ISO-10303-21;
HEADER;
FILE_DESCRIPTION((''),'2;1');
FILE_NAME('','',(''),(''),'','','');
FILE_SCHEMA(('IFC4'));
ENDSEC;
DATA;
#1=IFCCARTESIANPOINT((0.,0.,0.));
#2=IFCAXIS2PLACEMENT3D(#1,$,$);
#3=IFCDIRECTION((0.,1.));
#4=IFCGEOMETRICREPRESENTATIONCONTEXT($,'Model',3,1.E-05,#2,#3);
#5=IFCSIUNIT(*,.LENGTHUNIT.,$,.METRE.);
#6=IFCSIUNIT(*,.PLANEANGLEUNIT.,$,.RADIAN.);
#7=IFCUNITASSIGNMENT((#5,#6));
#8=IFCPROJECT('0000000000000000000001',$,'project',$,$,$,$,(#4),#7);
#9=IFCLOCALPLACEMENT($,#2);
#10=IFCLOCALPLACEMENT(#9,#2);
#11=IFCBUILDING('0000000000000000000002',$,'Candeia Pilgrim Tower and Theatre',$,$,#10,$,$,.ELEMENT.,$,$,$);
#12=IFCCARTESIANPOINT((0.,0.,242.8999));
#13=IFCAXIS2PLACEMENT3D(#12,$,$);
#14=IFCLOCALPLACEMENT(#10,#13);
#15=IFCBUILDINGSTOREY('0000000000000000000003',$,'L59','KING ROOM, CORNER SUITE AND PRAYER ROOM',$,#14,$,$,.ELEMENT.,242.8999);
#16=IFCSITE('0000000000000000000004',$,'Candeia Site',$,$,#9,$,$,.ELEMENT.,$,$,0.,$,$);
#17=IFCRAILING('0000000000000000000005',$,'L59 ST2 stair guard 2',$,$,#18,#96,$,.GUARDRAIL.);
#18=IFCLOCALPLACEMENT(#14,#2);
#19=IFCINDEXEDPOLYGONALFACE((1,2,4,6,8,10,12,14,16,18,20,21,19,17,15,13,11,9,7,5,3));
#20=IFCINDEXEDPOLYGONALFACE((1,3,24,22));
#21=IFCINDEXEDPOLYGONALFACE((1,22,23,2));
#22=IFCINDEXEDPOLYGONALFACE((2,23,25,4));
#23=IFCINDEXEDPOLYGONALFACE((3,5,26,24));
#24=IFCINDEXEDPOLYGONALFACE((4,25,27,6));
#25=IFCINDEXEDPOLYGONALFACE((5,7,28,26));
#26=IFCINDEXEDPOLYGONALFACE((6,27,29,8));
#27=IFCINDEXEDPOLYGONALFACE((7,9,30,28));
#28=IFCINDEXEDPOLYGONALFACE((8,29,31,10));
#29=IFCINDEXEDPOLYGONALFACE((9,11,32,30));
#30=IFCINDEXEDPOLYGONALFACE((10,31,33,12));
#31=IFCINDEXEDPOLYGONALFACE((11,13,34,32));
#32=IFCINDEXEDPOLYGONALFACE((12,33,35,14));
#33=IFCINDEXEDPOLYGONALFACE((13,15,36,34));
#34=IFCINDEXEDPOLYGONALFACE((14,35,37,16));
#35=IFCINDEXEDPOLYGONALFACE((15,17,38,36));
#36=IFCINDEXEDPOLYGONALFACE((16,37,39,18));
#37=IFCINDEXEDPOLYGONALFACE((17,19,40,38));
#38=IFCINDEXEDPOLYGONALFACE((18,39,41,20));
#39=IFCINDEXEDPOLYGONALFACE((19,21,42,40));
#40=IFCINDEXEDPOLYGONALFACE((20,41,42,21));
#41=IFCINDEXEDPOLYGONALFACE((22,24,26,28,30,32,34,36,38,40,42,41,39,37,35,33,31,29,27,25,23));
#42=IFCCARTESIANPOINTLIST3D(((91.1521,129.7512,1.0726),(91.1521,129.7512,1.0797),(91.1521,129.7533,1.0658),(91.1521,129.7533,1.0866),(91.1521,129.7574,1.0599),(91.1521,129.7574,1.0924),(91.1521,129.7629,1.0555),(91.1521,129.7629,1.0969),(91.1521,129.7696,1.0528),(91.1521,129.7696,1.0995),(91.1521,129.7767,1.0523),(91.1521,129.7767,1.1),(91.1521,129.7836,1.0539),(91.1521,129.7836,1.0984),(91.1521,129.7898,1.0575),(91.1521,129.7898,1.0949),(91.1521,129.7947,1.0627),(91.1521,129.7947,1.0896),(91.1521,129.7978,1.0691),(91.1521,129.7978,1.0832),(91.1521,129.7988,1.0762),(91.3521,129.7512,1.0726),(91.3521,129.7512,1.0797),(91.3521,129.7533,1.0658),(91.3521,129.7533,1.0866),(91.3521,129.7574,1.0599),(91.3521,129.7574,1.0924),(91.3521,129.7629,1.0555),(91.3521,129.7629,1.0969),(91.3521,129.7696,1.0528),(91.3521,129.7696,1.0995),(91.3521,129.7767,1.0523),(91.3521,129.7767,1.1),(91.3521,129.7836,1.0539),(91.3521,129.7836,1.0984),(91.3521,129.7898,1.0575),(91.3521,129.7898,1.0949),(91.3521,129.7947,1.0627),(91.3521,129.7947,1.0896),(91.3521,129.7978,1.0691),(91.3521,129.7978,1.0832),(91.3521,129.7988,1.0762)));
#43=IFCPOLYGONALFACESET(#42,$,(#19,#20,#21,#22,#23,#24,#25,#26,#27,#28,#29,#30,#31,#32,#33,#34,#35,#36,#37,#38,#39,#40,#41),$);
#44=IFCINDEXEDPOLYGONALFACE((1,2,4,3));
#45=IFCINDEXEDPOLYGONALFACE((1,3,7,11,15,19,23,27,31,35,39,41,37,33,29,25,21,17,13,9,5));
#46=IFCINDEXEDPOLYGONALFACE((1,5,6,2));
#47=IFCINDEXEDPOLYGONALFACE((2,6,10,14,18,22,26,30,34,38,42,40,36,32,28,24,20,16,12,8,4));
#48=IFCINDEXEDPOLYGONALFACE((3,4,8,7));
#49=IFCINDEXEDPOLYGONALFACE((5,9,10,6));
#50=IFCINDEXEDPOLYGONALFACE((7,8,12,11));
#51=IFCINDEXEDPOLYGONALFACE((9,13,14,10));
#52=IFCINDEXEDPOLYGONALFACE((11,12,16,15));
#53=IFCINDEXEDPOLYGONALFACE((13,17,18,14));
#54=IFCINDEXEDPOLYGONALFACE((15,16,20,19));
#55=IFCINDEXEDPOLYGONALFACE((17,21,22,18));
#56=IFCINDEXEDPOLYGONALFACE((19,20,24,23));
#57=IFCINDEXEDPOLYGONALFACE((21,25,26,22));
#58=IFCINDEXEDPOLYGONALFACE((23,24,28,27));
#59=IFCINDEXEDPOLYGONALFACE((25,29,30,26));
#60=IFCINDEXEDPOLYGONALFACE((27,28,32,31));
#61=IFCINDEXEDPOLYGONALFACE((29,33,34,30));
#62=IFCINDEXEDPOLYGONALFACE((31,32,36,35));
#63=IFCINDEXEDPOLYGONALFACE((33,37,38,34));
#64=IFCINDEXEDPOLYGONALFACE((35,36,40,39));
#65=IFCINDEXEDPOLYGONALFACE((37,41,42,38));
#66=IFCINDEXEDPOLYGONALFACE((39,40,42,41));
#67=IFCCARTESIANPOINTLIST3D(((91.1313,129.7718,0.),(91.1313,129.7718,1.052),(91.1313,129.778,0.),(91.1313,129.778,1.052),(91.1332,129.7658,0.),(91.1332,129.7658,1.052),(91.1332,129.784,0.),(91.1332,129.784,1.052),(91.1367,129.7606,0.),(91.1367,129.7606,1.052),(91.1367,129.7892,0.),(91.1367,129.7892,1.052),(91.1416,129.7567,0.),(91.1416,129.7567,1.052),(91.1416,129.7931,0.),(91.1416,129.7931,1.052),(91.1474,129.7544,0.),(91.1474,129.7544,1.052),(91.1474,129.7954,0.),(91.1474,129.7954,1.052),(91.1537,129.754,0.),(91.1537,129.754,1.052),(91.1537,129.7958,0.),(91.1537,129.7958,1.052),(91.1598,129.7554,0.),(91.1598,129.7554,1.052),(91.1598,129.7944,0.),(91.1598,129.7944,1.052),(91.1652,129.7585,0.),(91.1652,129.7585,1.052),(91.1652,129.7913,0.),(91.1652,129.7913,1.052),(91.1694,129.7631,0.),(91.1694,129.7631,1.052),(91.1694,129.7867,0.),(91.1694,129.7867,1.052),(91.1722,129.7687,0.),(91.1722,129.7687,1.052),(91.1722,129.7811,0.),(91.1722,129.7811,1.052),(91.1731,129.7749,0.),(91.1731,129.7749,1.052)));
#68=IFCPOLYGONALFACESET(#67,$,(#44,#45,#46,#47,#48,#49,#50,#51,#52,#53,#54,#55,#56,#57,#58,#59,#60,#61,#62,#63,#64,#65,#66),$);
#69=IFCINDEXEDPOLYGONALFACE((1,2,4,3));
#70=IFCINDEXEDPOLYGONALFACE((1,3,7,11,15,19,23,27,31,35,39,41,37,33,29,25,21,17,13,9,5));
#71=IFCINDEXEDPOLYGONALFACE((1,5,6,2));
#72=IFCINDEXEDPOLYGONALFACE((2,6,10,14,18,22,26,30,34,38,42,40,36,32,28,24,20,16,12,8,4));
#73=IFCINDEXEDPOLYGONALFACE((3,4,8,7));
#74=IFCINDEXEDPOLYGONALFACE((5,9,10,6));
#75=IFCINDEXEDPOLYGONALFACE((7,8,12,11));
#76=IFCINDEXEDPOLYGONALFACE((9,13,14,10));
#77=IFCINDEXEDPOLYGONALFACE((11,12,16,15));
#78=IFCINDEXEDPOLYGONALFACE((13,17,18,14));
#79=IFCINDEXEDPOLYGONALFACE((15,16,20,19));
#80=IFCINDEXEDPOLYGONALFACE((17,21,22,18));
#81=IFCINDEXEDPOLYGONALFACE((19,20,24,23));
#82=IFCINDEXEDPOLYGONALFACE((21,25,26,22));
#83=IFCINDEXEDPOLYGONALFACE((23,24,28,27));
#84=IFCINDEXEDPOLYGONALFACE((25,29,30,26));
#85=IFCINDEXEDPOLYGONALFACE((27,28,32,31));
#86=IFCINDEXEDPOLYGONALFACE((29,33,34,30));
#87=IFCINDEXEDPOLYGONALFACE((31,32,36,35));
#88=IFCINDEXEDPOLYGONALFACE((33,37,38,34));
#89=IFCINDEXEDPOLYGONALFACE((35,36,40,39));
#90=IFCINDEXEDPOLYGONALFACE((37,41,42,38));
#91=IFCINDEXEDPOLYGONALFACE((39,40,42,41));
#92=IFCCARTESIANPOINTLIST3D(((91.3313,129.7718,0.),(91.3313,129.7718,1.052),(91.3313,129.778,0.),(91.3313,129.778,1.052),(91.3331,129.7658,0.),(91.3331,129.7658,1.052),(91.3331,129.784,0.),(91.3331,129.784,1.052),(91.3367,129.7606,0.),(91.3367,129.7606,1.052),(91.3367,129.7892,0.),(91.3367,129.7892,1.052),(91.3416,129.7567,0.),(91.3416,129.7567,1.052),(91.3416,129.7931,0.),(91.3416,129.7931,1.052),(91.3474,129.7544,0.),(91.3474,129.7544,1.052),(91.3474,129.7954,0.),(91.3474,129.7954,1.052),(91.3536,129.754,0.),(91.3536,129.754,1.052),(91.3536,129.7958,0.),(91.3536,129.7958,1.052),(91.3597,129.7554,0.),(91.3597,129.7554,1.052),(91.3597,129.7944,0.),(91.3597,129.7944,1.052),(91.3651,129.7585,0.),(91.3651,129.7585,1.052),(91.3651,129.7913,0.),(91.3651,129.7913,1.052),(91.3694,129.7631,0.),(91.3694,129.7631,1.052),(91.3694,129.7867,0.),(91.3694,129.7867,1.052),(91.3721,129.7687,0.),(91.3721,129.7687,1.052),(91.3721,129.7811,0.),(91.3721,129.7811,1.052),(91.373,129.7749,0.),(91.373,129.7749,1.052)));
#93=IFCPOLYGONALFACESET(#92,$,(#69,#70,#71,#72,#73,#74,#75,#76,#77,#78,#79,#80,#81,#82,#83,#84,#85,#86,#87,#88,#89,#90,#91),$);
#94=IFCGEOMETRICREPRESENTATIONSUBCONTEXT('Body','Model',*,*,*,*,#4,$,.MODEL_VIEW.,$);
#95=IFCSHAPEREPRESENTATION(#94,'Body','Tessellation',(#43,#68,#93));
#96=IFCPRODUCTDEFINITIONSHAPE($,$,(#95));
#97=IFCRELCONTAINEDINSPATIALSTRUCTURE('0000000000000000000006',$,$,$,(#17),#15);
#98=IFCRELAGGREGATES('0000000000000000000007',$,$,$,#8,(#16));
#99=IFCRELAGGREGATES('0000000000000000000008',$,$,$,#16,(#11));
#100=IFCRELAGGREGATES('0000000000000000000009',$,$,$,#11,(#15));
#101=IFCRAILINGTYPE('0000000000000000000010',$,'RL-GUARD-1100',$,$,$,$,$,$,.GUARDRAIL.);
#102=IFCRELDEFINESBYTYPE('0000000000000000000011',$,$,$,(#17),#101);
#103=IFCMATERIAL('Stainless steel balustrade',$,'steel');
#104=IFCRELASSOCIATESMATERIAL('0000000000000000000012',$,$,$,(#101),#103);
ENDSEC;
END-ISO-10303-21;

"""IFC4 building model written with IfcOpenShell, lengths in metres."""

from ifc_helpers import new_model, si_unit, direction, frame, origin, origin_2d, place, context, subcontext, project, spatial, circle, extrude, material, type_object, element, save


model = new_model("IFC4")

# Units and contexts
model_context = context("Model", 3, precision=1e-05, world=origin(), true_north=direction((0.0, 1.0)))
body_context = subcontext(model_context, "Body", "Model", "MODEL_VIEW")
ifc_project = project(units=[si_unit("LENGTHUNIT", "METRE"), si_unit("PLANEANGLEUNIT", "RADIAN")], contexts=[model_context])

# Site, building, storey
site_placement = place(None, origin())
site = spatial("IfcSite", under=ifc_project, at=site_placement, Name="Candeia Site", CompositionType="ELEMENT", RefElevation=0.0)
building_placement = place(site_placement, origin())
building = spatial("IfcBuilding", under=site, at=building_placement, Name="Candeia Pilgrim Tower and Theatre", CompositionType="ELEMENT")
storey_placement = place(building_placement, frame((0.0, 0.0, 242.8999)))
storey = spatial("IfcBuildingStorey", under=building, at=storey_placement, Name="L59", Description="KING ROOM, CORNER SUITE AND PRAYER ROOM", CompositionType="ELEMENT", Elevation=242.8999)

# Shared definitions
ifc_material_1 = material(Name="Stainless steel balustrade", Category="steel")

# Railing
railing_type_1 = type_object("IfcRailingType", Name="RL-GUARD-1100", PredefinedType="GUARDRAIL", material=ifc_material_1)
railing_1_placement = place(storey_placement, frame((91.1521, 129.7749, 0.0)))
element("IfcRailing", 1, at=railing_1_placement, inside=storey, type_object=railing_type_1, Name="L59 ST2 stair guard 2", PredefinedType="GUARDRAIL", context=body_context, shape_type="SweptSolid", body=[
    extrude(circle(Radius=0.0239, at=origin_2d()), frame((0.0, 0.0, 1.0762), z_axis=(1.0, 0.0, 0.0), x_axis=(0.0, 1.0, 0.0)), (0.0, 0.0, 1.0), 0.2),
    extrude(circle(Radius=0.021, at=origin_2d()), origin(), (0.0, 0.0, 1.0), 1.052),
    extrude(circle(Radius=0.021, at=origin_2d()), frame((0.2, 0.0, 0.0)), (0.0, 0.0, 1.0), 1.052),
])

save(model, "model.ifc")
